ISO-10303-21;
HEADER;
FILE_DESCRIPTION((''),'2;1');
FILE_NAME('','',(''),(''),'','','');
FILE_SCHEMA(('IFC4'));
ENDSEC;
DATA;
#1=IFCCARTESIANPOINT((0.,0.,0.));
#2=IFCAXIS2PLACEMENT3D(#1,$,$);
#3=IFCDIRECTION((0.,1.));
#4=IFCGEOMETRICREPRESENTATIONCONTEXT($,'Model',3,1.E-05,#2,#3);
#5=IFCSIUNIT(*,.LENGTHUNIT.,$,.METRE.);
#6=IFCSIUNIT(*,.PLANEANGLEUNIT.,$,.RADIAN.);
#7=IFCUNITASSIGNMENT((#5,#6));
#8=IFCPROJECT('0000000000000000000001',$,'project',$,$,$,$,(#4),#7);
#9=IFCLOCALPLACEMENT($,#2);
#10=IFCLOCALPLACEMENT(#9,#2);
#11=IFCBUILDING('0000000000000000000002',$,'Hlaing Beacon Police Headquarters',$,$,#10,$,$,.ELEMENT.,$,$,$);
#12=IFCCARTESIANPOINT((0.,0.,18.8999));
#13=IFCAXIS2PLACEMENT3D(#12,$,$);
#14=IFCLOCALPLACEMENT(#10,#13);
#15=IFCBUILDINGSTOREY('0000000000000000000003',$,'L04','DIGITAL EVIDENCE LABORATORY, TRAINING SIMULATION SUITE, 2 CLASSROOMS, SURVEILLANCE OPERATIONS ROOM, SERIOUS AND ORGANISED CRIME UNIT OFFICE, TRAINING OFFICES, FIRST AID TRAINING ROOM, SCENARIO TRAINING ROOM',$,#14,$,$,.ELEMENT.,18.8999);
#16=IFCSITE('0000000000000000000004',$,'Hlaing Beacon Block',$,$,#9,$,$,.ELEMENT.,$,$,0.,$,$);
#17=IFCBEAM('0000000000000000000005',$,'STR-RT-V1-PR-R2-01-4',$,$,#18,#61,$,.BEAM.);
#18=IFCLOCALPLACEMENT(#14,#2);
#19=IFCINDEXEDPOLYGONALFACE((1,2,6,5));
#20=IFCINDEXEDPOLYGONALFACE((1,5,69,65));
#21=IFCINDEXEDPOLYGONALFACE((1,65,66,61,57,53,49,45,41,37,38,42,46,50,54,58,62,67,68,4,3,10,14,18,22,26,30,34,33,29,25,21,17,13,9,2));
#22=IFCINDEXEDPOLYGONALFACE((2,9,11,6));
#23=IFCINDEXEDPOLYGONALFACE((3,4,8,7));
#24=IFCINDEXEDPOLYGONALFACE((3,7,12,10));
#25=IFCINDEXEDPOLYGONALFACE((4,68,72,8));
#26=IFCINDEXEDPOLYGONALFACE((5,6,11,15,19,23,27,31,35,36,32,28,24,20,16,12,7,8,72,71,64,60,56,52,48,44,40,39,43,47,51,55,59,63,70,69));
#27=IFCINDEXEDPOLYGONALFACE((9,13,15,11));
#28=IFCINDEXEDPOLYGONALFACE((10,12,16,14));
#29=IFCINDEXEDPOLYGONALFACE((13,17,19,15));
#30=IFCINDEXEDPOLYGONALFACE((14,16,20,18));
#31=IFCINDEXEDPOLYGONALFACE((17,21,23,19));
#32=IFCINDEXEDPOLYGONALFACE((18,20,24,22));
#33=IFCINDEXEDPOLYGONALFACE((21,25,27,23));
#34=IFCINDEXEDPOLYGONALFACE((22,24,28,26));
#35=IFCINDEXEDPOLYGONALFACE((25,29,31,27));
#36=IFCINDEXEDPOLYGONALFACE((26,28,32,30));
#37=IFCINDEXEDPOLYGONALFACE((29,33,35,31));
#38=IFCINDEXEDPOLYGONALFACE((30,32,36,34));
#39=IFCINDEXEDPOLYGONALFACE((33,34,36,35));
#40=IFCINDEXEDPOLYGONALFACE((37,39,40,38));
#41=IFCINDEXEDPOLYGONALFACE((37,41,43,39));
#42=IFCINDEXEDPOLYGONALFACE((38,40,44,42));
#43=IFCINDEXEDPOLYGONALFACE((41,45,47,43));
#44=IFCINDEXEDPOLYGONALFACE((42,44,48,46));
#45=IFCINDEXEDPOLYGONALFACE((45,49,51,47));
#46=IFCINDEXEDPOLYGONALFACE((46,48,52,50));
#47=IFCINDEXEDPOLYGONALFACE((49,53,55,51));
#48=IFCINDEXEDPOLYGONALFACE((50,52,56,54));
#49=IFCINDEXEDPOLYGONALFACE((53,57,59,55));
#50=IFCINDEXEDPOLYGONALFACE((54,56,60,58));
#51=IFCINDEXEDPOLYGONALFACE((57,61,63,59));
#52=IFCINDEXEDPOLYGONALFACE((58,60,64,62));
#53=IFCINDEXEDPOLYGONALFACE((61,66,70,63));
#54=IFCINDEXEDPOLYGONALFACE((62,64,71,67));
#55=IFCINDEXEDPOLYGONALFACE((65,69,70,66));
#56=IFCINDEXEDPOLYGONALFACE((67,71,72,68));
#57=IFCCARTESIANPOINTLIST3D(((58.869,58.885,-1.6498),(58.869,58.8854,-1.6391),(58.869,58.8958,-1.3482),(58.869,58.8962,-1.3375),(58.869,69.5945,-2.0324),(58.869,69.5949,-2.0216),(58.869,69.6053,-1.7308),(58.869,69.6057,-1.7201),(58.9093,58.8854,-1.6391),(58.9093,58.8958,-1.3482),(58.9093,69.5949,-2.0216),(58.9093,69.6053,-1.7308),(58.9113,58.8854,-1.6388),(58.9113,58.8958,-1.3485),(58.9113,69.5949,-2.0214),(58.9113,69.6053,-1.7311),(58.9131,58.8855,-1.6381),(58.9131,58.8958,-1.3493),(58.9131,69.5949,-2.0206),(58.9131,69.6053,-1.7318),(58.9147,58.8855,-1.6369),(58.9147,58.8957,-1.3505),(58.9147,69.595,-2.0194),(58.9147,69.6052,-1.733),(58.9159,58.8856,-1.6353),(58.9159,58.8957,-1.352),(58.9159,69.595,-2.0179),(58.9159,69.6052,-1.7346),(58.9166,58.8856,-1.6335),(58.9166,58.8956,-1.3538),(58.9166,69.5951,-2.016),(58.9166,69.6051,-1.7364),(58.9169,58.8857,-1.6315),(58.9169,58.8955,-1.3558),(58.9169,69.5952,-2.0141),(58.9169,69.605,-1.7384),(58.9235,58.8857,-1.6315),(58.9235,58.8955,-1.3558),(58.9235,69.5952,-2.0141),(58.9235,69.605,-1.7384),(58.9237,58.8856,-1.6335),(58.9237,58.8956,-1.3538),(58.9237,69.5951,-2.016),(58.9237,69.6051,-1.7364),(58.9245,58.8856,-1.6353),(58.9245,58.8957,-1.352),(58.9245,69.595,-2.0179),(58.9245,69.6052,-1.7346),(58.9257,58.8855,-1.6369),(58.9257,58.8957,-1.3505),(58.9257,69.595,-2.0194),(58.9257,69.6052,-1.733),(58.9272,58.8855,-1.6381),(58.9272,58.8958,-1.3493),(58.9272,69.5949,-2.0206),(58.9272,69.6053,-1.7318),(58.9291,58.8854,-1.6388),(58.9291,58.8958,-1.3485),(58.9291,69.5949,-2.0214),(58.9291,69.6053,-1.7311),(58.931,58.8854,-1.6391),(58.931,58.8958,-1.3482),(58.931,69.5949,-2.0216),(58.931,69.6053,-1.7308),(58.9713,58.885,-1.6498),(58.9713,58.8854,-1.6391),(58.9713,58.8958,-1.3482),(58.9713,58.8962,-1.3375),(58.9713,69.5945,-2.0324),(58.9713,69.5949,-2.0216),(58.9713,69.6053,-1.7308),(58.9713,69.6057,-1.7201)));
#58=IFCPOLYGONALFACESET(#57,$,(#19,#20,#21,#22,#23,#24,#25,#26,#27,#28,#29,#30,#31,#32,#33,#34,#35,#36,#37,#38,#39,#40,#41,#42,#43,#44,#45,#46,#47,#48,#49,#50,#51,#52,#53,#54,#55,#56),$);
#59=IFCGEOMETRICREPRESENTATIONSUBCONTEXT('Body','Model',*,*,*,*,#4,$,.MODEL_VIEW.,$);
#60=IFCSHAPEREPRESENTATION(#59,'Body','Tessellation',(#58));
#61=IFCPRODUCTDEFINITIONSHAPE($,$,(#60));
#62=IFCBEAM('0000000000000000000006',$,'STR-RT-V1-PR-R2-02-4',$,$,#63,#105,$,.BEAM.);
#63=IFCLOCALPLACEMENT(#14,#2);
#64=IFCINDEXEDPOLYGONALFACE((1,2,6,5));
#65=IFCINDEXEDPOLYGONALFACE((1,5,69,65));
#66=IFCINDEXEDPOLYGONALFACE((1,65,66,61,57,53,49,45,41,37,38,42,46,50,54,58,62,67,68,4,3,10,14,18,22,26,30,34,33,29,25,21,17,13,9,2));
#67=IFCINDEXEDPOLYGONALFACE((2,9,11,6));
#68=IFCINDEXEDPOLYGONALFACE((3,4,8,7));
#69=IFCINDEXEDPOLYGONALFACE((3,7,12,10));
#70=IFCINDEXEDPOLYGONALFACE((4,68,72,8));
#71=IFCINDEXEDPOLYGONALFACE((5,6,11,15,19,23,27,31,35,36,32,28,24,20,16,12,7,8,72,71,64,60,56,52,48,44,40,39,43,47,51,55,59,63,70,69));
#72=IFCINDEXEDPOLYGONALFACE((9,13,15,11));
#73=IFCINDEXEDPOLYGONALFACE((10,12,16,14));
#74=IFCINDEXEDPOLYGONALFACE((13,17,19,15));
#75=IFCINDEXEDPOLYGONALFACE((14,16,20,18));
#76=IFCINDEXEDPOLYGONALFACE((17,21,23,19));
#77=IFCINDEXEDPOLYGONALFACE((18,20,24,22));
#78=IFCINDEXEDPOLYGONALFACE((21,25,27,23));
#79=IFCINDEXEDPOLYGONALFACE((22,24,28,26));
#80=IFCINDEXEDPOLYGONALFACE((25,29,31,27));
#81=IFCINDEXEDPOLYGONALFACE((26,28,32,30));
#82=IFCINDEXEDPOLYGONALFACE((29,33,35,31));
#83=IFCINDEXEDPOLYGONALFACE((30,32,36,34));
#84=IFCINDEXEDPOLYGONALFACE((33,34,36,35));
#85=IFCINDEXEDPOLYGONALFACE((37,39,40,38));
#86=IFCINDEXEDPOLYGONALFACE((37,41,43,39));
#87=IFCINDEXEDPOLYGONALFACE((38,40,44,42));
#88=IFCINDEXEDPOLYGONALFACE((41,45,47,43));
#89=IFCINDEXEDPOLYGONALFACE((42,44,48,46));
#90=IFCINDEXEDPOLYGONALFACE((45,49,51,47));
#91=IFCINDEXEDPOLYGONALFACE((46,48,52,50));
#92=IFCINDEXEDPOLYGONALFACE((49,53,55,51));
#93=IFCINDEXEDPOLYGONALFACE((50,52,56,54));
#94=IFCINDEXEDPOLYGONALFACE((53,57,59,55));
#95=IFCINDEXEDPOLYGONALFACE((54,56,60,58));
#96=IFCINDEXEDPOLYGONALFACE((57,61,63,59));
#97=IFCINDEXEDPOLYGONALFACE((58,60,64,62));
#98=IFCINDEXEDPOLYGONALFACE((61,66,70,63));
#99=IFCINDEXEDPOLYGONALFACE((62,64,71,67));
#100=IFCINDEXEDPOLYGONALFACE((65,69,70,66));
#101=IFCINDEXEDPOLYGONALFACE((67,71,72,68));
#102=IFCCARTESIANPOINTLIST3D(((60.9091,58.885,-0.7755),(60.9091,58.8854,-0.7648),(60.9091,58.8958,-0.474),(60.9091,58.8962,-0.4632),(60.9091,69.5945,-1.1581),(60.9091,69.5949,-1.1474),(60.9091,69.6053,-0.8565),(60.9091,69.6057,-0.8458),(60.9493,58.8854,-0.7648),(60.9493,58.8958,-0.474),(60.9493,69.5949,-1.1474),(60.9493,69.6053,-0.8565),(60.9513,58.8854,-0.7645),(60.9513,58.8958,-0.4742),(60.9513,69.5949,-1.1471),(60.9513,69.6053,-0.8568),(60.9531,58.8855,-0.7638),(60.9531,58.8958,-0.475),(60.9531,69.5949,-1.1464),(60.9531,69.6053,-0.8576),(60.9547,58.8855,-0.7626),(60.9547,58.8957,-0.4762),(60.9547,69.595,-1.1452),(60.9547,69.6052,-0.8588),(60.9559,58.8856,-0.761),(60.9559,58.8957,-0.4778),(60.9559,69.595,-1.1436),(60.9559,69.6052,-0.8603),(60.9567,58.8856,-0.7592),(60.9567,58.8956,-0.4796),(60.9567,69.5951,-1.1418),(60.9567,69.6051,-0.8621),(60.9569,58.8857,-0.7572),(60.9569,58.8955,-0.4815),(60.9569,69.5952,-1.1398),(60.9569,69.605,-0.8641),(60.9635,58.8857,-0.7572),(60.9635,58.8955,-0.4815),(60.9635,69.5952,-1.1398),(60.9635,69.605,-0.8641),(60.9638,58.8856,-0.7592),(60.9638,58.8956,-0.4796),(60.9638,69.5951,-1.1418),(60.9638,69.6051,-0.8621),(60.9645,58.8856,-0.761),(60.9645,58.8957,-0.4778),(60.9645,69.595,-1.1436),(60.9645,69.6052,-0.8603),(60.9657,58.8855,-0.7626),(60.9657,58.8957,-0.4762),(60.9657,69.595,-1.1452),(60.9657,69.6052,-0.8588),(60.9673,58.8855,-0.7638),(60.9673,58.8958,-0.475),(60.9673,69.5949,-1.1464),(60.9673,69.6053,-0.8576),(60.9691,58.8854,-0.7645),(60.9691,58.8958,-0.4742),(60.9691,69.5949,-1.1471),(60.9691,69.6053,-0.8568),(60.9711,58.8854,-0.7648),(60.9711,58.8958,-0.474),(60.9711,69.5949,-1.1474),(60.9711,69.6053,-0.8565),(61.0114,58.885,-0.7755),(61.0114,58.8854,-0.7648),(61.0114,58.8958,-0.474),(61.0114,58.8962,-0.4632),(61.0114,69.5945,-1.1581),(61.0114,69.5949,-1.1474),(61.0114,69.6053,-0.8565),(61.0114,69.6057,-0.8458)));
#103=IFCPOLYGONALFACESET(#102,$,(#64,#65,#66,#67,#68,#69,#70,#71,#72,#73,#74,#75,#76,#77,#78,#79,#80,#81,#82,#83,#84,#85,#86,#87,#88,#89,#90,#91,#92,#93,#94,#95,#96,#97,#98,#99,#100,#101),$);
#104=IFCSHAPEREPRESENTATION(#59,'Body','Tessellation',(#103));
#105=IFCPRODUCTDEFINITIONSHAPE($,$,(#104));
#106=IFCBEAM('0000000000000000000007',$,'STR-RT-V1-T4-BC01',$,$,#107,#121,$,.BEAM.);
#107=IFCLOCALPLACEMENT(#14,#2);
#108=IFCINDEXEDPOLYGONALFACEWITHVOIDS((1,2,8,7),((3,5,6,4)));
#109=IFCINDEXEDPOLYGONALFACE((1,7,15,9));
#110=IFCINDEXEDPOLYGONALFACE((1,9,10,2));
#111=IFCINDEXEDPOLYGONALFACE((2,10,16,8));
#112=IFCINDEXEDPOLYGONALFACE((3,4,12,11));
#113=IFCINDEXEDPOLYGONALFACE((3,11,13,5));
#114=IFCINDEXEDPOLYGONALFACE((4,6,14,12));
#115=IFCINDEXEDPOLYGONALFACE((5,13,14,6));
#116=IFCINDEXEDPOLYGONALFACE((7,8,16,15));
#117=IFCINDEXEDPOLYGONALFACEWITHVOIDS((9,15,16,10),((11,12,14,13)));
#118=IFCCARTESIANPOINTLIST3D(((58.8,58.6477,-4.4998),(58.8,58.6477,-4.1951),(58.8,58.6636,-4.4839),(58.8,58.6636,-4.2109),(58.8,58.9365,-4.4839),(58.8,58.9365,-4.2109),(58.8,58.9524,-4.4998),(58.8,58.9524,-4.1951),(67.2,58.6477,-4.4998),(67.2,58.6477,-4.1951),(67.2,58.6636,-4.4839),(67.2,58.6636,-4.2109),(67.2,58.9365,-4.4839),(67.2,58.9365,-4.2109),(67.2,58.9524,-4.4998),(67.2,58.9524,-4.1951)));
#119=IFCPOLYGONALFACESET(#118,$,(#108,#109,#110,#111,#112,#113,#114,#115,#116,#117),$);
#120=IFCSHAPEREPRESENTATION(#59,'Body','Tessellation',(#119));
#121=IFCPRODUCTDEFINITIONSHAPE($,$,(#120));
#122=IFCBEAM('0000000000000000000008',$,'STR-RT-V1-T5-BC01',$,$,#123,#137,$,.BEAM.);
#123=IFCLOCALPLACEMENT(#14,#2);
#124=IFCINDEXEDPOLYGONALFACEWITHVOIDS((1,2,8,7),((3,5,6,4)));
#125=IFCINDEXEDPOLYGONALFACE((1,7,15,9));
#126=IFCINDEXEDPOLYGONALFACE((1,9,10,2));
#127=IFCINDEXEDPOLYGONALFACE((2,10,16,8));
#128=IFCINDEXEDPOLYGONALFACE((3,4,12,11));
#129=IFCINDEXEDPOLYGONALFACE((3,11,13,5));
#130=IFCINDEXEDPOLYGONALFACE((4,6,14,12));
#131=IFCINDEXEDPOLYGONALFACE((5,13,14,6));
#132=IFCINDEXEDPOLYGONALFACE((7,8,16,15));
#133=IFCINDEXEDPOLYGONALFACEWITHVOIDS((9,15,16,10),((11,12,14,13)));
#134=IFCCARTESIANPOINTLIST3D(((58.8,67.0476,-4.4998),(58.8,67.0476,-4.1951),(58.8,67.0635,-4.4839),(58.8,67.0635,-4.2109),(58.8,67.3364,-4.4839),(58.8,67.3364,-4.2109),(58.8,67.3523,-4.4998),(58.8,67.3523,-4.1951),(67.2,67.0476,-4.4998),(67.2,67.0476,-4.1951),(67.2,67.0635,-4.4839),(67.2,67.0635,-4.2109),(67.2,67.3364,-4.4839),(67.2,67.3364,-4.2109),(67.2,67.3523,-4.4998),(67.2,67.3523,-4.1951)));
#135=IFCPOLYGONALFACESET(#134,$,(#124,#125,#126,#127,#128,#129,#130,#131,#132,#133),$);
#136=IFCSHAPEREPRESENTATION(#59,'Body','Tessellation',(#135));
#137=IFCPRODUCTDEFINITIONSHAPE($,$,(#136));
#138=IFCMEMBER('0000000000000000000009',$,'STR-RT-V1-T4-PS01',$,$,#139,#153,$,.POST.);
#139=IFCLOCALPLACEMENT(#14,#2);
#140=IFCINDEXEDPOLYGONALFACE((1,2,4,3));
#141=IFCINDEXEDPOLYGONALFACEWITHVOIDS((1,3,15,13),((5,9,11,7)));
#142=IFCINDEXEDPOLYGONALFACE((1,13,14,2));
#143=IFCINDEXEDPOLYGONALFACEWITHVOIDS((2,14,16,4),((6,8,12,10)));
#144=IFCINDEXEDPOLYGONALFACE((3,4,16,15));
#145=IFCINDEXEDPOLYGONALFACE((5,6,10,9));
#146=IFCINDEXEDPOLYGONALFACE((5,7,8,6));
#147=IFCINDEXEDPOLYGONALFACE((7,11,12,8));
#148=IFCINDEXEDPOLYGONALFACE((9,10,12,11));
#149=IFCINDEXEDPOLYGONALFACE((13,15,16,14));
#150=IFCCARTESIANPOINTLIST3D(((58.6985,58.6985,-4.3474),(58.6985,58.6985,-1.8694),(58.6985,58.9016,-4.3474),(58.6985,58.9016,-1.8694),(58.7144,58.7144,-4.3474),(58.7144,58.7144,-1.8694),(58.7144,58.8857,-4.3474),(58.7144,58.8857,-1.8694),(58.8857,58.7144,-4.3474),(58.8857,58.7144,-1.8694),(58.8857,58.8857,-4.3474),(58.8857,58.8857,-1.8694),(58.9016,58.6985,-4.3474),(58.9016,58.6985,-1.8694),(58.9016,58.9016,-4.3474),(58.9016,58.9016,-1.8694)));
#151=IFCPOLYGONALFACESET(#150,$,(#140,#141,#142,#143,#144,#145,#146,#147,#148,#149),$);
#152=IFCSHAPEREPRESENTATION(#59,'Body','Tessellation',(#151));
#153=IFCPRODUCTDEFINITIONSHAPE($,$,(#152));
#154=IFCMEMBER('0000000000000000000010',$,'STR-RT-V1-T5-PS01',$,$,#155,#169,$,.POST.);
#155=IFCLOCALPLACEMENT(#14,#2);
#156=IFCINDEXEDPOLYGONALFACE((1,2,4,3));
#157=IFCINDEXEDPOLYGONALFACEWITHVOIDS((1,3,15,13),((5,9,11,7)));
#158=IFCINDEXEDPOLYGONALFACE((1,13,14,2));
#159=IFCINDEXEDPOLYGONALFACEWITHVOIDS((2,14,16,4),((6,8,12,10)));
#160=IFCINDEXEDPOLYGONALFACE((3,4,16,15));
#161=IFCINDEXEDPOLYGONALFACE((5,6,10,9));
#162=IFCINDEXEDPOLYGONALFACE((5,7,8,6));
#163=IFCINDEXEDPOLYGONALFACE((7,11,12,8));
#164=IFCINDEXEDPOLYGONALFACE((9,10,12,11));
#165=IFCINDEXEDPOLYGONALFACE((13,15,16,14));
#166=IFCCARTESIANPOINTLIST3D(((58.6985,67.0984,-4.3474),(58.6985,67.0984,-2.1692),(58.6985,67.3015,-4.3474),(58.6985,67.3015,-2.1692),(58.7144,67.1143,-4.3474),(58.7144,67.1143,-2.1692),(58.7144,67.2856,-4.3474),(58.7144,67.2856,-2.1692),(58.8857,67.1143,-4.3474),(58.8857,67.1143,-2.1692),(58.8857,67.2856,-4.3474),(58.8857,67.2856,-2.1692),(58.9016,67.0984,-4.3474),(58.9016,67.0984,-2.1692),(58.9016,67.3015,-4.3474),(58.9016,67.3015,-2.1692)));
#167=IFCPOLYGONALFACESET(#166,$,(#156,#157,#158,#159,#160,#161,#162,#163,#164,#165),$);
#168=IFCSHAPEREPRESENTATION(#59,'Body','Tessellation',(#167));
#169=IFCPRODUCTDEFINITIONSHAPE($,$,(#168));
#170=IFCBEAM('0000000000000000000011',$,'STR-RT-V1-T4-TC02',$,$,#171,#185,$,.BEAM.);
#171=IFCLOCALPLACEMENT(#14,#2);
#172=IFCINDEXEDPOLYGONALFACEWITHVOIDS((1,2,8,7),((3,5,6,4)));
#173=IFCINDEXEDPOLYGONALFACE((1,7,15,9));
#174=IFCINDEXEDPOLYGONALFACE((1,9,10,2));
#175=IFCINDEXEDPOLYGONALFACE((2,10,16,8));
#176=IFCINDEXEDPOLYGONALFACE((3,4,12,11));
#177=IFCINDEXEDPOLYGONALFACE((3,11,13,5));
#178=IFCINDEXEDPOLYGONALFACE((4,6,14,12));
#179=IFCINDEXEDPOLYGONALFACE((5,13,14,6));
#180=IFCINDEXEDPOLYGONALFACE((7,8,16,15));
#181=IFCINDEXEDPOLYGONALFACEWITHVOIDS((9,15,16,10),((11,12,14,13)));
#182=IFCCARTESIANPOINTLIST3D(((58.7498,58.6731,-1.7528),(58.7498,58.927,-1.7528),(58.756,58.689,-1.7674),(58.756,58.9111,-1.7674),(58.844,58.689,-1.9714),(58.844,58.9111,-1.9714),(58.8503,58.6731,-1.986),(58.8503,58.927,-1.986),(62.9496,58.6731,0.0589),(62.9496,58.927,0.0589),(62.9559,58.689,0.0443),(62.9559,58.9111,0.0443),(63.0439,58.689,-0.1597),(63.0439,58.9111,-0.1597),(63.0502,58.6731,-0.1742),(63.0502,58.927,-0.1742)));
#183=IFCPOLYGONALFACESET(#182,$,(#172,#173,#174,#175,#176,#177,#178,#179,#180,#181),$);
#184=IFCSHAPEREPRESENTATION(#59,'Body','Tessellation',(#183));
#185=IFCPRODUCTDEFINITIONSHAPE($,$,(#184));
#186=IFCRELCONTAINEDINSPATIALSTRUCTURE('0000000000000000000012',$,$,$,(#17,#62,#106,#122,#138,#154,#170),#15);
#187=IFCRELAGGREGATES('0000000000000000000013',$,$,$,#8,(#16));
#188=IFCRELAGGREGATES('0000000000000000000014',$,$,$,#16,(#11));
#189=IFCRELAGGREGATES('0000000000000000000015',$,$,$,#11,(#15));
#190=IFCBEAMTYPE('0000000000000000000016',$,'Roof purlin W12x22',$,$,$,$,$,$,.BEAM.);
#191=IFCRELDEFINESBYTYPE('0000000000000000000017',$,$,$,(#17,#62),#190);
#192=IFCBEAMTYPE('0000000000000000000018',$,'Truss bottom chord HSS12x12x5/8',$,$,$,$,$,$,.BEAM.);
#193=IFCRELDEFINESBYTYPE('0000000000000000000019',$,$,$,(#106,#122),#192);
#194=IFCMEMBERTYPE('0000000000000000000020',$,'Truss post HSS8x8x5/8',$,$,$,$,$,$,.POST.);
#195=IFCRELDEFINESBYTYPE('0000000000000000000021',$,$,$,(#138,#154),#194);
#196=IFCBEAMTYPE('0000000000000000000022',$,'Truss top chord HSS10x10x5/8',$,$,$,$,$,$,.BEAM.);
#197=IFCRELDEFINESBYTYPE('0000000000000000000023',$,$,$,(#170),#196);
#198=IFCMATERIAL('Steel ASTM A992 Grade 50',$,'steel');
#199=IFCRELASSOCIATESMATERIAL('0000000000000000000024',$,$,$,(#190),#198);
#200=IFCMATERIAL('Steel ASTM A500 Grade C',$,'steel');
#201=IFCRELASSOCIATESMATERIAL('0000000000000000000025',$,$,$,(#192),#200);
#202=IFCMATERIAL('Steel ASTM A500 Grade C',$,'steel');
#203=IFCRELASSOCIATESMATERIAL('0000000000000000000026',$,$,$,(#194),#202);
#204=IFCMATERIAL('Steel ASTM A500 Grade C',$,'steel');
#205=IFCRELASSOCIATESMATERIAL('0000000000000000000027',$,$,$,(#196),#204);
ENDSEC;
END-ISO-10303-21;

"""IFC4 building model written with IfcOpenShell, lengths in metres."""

from ifc_helpers import new_model, si_unit, direction, frame, origin, origin_2d, place, context, subcontext, project, spatial, hollow_rectangle, i_section, extrude, material, material_profile, profile_set, type_object, element, save


model = new_model("IFC4")

# Units and contexts
model_context = context("Model", 3, precision=1e-05, world=origin(), true_north=direction((0.0, 1.0)))
body_context = subcontext(model_context, "Body", "Model", "MODEL_VIEW")
ifc_project = project(units=[si_unit("LENGTHUNIT", "METRE"), si_unit("PLANEANGLEUNIT", "RADIAN")], contexts=[model_context])

# Site, building, storey
site_placement = place(None, origin())
site = spatial("IfcSite", under=ifc_project, at=site_placement, Name="Hlaing Beacon Block", CompositionType="ELEMENT", RefElevation=0.0)
building_placement = place(site_placement, origin())
building = spatial("IfcBuilding", under=site, at=building_placement, Name="Hlaing Beacon Police Headquarters", CompositionType="ELEMENT")
storey_placement = place(building_placement, frame((0.0, 0.0, 18.8999)))
storey = spatial("IfcBuildingStorey", under=building, at=storey_placement, Name="L04", Description="DIGITAL EVIDENCE LABORATORY, TRAINING SIMULATION SUITE, 2 CLASSROOMS, SURVEILLANCE OPERATIONS ROOM, SERIOUS AND ORGANISED CRIME UNIT OFFICE, TRAINING OFFICES, FIRST AID TRAINING ROOM, SCENARIO TRAINING ROOM", CompositionType="ELEMENT", Elevation=18.8999)

# Beams
ifc_material_1 = material(Name="Steel ASTM A992 Grade 50", Category="steel")
ifc_material_profile_1 = material_profile(ifc_material_1, i_section(OverallWidth=0.1023, OverallDepth=0.3125, WebThickness=0.0066, FlangeThickness=0.0107, FilletRadius=0.0076, at=origin_2d()), Name="W12x22")
ifc_profile_set_1 = profile_set([ifc_material_profile_1], Name="Steel ASTM A992 Grade 50")
beam_type_1 = type_object("IfcBeamType", Name="Roof purlin W12x22", PredefinedType="BEAM", material=ifc_profile_set_1)
for number, where, z_axis, x_axis, name in (
    (1, (58.9202, 58.8906, -1.4937), (0.0, 0.999363, -0.0357), (-1.0, 0.0, 0.0), "STR-RT-V1-PR-R2-01-4"),
    (2, (60.9602, 58.8906, -0.6194), (0.0, 0.999363, -0.0357), (-1.0, 0.0, 0.0), "STR-RT-V1-PR-R2-02-4"),
):
    element("IfcBeam", number, at=place(storey_placement, frame(where, z_axis=z_axis, x_axis=x_axis)), inside=storey, type_object=beam_type_1, Name=name, PredefinedType="BEAM", context=body_context, shape_type="SweptSolid", body=[
        extrude(i_section(OverallWidth=0.1023, OverallDepth=0.3125, WebThickness=0.0066, FlangeThickness=0.0107, FilletRadius=0.0076, at=origin_2d()), origin(), (0.0, 0.0, 1.0), 10.7163),
    ])
ifc_material_2 = material(Name="Steel ASTM A500 Grade C", Category="steel")
ifc_material_profile_2 = material_profile(ifc_material_2, hollow_rectangle(XDim=0.3047, YDim=0.3047, WallThickness=0.0159, at=origin_2d()), Name="HSS12x12x5/8")
ifc_profile_set_2 = profile_set([ifc_material_profile_2], Name="Steel ASTM A500 Grade C")
beam_type_2 = type_object("IfcBeamType", Name="Truss bottom chord HSS12x12x5/8", PredefinedType="BEAM", material=ifc_profile_set_2)
for number, where, z_axis, x_axis, name in (
    (3, (58.8, 58.8, -4.3474), (1.0, 0.0, 0.0), (0.0, 1.0, 0.0), "STR-RT-V1-T4-BC01"),
    (4, (58.8, 67.2, -4.3474), (1.0, 0.0, 0.0), (0.0, 1.0, 0.0), "STR-RT-V1-T5-BC01"),
):
    element("IfcBeam", number, at=place(storey_placement, frame(where, z_axis=z_axis, x_axis=x_axis)), inside=storey, type_object=beam_type_2, Name=name, PredefinedType="BEAM", context=body_context, shape_type="SweptSolid", body=[
        extrude(hollow_rectangle(XDim=0.3047, YDim=0.3047, WallThickness=0.0159, at=origin_2d()), origin(), (0.0, 0.0, 1.0), 8.3999),
    ])

# Members
ifc_material_3 = material(Name="Steel ASTM A500 Grade C", Category="steel")
ifc_material_profile_3 = material_profile(ifc_material_3, hollow_rectangle(XDim=0.2031, YDim=0.2031, WallThickness=0.0159, at=origin_2d()), Name="HSS8x8x5/8")
ifc_profile_set_3 = profile_set([ifc_material_profile_3], Name="Steel ASTM A500 Grade C")
member_type_1 = type_object("IfcMemberType", Name="Truss post HSS8x8x5/8", PredefinedType="POST", material=ifc_profile_set_3)
member_1_placement = place(storey_placement, frame((58.8, 58.8, -4.3474), z_axis=(0.0, 0.0, 1.0), x_axis=(1.0, 0.0, 0.0)))
element("IfcMember", 5, at=member_1_placement, inside=storey, type_object=member_type_1, Name="STR-RT-V1-T4-PS01", PredefinedType="POST", context=body_context, shape_type="SweptSolid", body=[
    extrude(hollow_rectangle(XDim=0.2031, YDim=0.2031, WallThickness=0.0159, at=origin_2d()), origin(), (0.0, 0.0, 1.0), 2.478),
])
member_2_placement = place(storey_placement, frame((58.8, 67.2, -4.3474), z_axis=(0.0, 0.0, 1.0), x_axis=(1.0, 0.0, 0.0)))
element("IfcMember", 6, at=member_2_placement, inside=storey, type_object=member_type_1, Name="STR-RT-V1-T5-PS01", PredefinedType="POST", context=body_context, shape_type="SweptSolid", body=[
    extrude(hollow_rectangle(XDim=0.2031, YDim=0.2031, WallThickness=0.0159, at=origin_2d()), origin(), (0.0, 0.0, 1.0), 2.1782),
])

# Beam
ifc_material_4 = material(Name="Steel ASTM A500 Grade C", Category="steel")
ifc_material_profile_4 = material_profile(ifc_material_4, hollow_rectangle(XDim=0.2539, YDim=0.2539, WallThickness=0.0159, at=origin_2d()), Name="HSS10x10x5/8")
ifc_profile_set_4 = profile_set([ifc_material_profile_4], Name="Steel ASTM A500 Grade C")
beam_type_3 = type_object("IfcBeamType", Name="Truss top chord HSS10x10x5/8", PredefinedType="BEAM", material=ifc_profile_set_4)
beam_1_placement = place(storey_placement, frame((58.8, 58.8, -1.8694), z_axis=(0.918209, 0.0, 0.396096), x_axis=(0.0, 1.0, 0.0)))
element("IfcBeam", 7, at=beam_1_placement, inside=storey, type_object=beam_type_3, Name="STR-RT-V1-T4-TC02", PredefinedType="BEAM", context=body_context, shape_type="SweptSolid", body=[
    extrude(hollow_rectangle(XDim=0.2539, YDim=0.2539, WallThickness=0.0159, at=origin_2d()), origin(), (0.0, 0.0, 1.0), 4.574),
])

save(model, "model.ifc")
